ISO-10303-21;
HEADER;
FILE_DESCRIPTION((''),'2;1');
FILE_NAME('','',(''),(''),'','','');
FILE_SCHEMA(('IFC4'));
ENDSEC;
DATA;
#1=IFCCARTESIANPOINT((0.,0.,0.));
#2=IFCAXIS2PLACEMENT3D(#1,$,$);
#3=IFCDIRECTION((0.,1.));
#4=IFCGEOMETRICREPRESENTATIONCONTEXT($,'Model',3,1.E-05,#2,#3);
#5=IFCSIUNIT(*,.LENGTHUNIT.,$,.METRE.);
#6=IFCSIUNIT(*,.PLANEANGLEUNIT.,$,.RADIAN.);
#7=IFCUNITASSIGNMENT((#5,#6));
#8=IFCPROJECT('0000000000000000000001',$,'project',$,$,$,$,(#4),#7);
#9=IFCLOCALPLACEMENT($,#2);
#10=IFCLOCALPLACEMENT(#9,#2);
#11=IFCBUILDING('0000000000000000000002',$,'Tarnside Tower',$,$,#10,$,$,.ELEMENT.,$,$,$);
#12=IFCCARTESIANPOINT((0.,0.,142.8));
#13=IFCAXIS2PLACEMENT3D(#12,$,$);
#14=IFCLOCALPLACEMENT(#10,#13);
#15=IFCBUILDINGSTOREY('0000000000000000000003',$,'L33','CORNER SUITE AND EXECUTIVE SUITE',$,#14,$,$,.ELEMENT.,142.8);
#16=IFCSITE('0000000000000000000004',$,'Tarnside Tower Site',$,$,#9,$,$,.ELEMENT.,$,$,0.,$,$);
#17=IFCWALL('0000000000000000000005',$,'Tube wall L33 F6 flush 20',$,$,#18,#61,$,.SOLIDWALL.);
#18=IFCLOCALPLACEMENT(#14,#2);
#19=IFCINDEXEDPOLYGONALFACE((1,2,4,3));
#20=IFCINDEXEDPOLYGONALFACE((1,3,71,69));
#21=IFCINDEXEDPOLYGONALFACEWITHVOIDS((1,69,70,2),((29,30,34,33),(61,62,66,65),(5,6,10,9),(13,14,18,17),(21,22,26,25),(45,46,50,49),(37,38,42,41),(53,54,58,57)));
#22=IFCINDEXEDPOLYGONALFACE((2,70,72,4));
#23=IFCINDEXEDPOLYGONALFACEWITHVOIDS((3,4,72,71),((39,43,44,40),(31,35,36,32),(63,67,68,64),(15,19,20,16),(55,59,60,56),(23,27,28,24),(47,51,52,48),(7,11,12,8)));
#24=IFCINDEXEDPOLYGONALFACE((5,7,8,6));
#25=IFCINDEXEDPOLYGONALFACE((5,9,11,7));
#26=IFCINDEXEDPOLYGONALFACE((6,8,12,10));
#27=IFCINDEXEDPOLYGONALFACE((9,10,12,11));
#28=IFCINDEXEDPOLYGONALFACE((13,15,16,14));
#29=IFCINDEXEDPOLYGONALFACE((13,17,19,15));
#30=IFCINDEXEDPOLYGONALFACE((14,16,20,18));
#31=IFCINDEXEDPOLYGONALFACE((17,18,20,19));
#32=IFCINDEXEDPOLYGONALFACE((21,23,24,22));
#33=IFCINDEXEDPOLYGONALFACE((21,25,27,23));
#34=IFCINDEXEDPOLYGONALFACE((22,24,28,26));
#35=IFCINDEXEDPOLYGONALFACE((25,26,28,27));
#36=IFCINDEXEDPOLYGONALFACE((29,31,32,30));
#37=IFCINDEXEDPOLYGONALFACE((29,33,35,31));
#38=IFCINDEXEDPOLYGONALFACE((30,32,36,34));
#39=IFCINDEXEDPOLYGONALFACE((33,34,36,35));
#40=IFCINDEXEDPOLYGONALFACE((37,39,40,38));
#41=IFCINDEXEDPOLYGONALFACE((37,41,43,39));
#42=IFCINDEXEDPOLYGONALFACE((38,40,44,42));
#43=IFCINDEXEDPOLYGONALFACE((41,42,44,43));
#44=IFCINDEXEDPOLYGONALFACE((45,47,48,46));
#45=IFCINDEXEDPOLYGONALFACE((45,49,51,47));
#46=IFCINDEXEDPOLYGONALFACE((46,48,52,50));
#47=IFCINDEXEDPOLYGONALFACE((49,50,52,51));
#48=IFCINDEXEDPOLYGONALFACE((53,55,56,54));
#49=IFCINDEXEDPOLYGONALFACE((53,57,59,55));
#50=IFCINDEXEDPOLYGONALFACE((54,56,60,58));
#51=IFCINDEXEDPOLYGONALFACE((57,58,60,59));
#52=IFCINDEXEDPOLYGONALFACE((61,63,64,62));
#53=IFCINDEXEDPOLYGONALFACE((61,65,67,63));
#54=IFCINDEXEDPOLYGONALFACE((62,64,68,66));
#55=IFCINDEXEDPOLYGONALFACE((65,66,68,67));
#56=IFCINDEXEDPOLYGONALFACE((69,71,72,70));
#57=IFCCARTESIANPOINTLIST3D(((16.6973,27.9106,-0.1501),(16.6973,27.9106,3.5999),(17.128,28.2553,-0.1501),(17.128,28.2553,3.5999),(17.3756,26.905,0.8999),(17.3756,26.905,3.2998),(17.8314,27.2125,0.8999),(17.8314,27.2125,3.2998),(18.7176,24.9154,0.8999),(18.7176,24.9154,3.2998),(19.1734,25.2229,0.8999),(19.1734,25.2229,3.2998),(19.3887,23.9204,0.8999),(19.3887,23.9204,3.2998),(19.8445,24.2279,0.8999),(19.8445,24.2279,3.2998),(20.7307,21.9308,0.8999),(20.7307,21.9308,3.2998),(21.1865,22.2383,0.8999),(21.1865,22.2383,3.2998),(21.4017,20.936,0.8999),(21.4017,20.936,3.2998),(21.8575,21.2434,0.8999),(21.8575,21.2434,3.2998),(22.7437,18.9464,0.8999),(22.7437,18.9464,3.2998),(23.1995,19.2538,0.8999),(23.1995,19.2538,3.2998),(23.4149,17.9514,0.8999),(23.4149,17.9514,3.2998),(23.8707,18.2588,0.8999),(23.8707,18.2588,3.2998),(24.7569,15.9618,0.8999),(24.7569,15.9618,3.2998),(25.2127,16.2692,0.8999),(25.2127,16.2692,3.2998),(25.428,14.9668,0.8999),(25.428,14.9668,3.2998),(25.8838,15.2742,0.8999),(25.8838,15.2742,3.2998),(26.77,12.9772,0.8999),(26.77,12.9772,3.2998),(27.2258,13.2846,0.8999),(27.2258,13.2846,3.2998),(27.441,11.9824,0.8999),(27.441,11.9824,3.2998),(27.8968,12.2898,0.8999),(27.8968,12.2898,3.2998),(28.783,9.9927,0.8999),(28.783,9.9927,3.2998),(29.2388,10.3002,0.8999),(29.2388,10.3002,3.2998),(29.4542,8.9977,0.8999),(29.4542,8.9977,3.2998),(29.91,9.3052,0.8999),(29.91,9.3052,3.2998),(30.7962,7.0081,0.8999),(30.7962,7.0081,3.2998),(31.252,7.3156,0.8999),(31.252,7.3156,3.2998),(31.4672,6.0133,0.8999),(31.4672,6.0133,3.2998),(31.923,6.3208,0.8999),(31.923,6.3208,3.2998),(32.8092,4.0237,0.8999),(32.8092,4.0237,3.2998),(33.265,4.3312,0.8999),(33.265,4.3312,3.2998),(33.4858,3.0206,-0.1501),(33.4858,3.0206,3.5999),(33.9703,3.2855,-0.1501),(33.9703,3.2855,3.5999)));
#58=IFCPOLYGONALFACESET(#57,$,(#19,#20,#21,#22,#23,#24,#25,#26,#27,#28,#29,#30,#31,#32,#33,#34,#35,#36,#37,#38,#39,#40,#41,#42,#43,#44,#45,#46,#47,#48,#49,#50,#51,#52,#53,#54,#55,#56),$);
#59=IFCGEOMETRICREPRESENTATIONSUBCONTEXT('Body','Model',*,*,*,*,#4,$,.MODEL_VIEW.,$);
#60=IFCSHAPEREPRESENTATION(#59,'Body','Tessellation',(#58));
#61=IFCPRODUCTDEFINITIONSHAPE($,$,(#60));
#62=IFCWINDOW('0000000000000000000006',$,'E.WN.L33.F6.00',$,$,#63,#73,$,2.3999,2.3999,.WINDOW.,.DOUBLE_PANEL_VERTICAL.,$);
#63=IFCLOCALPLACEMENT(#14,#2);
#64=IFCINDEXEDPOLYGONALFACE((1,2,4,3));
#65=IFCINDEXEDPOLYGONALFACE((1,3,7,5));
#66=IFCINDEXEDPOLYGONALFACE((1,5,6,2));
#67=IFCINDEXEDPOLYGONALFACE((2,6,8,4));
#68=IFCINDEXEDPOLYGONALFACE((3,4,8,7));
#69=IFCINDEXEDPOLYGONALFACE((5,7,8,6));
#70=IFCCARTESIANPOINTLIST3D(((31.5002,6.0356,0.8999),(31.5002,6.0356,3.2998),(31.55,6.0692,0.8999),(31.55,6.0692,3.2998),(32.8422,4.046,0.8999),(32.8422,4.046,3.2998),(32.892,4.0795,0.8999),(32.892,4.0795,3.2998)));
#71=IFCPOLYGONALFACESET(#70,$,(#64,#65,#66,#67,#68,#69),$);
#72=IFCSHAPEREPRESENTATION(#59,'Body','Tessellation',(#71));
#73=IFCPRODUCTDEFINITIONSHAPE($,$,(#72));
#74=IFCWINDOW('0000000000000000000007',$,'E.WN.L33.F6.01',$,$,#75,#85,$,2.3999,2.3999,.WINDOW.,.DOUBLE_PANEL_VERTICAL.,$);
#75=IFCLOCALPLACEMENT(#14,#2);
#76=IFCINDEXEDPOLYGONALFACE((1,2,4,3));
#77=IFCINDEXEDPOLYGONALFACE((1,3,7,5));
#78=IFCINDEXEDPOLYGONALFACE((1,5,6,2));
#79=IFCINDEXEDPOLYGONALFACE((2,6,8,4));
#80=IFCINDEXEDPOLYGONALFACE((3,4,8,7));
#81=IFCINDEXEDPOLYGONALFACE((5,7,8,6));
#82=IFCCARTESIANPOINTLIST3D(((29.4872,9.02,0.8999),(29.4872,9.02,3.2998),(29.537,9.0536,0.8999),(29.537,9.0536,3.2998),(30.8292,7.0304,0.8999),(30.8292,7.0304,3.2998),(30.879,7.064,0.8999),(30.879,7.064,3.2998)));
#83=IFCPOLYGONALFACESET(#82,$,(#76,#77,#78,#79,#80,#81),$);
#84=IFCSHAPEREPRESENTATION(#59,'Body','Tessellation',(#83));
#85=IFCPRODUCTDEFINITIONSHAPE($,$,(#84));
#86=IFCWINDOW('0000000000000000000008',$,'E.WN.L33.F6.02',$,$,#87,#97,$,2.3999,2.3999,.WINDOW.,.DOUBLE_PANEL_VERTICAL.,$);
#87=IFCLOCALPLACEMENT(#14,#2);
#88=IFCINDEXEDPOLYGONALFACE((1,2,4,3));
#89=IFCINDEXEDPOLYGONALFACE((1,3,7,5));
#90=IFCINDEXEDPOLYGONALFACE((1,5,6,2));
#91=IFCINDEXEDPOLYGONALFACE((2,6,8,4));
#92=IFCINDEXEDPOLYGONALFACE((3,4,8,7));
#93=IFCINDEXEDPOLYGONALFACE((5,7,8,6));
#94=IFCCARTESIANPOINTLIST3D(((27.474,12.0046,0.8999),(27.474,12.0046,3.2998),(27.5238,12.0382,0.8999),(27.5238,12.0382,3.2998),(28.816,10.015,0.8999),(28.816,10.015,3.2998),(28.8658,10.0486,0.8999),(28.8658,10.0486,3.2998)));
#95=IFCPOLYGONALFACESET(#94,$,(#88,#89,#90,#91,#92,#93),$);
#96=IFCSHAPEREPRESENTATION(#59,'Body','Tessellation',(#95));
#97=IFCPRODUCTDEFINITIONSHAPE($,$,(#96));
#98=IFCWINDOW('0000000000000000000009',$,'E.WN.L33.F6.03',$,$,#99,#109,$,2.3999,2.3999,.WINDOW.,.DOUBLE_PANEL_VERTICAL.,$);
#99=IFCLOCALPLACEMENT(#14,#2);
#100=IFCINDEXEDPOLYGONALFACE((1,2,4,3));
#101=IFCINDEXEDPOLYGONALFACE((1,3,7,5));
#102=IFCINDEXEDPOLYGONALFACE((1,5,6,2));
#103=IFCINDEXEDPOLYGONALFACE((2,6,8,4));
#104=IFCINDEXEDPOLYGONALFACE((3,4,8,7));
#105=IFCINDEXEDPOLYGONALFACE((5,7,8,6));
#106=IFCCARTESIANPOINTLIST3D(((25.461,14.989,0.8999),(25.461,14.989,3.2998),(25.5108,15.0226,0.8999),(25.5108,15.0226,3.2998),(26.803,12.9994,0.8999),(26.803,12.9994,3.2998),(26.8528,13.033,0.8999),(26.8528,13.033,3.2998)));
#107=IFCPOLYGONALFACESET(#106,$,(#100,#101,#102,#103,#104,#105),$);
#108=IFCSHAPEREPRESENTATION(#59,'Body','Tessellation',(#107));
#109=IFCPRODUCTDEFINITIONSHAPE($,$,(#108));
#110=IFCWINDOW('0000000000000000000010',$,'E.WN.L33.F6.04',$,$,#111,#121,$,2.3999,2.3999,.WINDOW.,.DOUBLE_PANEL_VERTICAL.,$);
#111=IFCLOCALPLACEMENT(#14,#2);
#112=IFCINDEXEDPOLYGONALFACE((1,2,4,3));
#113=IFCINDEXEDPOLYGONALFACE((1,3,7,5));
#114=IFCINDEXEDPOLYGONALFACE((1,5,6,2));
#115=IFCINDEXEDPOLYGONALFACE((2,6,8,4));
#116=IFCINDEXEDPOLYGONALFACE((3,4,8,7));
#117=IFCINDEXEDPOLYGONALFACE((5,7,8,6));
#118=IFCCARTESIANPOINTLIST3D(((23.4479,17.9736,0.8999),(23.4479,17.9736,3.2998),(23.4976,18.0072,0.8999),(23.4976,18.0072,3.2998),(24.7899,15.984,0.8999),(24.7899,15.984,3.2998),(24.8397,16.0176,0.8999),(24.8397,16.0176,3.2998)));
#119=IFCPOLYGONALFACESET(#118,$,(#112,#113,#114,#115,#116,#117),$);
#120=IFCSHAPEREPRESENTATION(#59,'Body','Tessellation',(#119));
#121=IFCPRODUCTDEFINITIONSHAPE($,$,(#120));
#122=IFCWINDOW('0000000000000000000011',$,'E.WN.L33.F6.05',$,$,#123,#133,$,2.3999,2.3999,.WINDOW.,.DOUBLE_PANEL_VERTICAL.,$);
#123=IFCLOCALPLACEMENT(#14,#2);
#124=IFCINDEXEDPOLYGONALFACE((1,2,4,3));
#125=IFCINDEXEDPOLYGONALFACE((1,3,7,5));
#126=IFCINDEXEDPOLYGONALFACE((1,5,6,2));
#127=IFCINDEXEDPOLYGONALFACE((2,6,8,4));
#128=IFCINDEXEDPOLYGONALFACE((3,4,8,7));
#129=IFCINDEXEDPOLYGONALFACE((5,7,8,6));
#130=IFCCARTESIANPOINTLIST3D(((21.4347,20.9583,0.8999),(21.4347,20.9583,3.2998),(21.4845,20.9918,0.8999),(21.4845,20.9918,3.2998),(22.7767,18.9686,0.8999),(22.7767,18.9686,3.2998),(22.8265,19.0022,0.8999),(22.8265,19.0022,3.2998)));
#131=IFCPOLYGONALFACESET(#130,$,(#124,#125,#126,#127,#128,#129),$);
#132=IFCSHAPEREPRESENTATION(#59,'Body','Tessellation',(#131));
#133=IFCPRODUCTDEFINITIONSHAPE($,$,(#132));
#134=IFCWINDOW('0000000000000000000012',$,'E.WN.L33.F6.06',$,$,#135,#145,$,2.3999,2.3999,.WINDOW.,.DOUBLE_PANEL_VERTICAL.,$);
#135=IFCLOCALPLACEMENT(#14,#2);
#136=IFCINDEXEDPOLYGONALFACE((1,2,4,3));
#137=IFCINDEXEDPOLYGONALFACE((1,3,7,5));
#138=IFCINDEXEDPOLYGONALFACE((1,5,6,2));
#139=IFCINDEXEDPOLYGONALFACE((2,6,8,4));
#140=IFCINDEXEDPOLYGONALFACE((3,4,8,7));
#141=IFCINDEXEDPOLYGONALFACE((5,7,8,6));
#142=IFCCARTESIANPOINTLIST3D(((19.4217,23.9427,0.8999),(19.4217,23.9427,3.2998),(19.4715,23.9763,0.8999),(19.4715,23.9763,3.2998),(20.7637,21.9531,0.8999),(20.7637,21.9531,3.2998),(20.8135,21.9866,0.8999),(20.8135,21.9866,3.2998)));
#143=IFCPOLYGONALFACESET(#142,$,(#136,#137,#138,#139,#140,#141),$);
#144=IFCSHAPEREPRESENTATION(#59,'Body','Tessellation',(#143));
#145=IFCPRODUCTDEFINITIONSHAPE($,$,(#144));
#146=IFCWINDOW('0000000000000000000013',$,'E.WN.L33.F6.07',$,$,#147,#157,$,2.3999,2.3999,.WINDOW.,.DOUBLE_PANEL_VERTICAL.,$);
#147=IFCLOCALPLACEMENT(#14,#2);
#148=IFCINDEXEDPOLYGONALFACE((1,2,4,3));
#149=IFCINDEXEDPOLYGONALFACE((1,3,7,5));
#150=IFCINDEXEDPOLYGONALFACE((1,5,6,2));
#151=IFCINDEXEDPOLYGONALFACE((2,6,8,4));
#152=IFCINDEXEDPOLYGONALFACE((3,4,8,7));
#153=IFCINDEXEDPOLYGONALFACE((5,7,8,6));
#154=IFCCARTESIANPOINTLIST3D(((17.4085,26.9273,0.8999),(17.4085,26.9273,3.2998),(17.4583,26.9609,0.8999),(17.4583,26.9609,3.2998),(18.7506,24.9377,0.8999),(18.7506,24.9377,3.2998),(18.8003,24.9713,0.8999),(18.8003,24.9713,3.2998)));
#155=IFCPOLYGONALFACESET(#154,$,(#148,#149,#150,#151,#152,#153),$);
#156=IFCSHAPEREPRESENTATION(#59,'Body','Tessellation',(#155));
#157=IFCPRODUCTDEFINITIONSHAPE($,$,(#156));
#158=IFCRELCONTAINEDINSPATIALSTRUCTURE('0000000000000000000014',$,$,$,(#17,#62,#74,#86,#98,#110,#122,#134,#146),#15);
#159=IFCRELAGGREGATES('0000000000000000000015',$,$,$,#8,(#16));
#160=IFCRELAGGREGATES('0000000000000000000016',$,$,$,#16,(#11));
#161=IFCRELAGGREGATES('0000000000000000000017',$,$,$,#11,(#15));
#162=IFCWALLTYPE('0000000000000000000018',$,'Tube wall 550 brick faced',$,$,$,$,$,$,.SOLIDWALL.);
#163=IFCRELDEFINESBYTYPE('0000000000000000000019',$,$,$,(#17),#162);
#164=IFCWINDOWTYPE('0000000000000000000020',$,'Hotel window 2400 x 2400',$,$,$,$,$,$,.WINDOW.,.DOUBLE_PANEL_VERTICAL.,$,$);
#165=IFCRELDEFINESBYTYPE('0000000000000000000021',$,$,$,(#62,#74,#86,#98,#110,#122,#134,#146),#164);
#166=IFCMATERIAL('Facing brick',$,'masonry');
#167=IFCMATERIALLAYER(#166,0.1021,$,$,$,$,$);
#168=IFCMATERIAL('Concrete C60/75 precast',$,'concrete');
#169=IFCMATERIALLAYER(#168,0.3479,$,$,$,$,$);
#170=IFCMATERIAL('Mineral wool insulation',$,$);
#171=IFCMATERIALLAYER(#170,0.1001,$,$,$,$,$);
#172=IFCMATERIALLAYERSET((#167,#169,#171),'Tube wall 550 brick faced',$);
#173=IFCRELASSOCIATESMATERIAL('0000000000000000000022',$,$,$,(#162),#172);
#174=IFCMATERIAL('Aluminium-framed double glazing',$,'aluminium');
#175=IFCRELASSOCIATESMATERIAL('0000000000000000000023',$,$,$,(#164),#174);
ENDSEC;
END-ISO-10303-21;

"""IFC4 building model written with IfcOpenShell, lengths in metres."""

from ifc_helpers import new_model, si_unit, direction, frame, frame_2d, origin, place, context, subcontext, project, spatial, polyline, rectangle, outline, extrude, material, layer, layer_set, type_object, element, fill, save


model = new_model("IFC4")

# Units and contexts
model_context = context("Model", 3, precision=1e-05, world=origin(), true_north=direction((0.0, 1.0)))
body_context = subcontext(model_context, "Body", "Model", "MODEL_VIEW")
ifc_project = project(units=[si_unit("LENGTHUNIT", "METRE"), si_unit("PLANEANGLEUNIT", "RADIAN")], contexts=[model_context])

# Site, building, storey
site_placement = place(None, origin())
site = spatial("IfcSite", under=ifc_project, at=site_placement, Name="Tarnside Tower Site", CompositionType="ELEMENT", RefElevation=0.0)
building_placement = place(site_placement, origin())
building = spatial("IfcBuilding", under=site, at=building_placement, Name="Tarnside Tower", CompositionType="ELEMENT")
storey_placement = place(building_placement, frame((0.0, 0.0, 142.8)))
storey = spatial("IfcBuildingStorey", under=building, at=storey_placement, Name="L33", Description="CORNER SUITE AND EXECUTIVE SUITE", CompositionType="ELEMENT", Elevation=142.8)

# Shared definitions
ifc_material_1 = material(Name="Facing brick", Category="masonry")
ifc_layer_1 = layer(ifc_material_1, 0.1021)
ifc_material_2 = material(Name="Concrete C60/75 precast", Category="concrete")
ifc_layer_2 = layer(ifc_material_2, 0.3479)
ifc_material_3 = material(Name="Mineral wool insulation")
ifc_layer_3 = layer(ifc_material_3, 0.1001)
ifc_layer_set_1 = layer_set([ifc_layer_1, ifc_layer_2, ifc_layer_3], Name="Tube wall 550 brick faced")
wall_type_1 = type_object("IfcWallType", Name="Tube wall 550 brick faced", PredefinedType="SOLIDWALL", material=ifc_layer_set_1)

# Wall, openings, windows
wall_1_placement = place(storey_placement, frame((33.728, 3.1531, -0.1501), z_axis=(0.0, 0.0, 1.0), x_axis=(-0.559192, 0.829038, 0.0)))
wall_1 = element("IfcWall", 1, at=wall_1_placement, inside=storey, type_object=wall_type_1, Name="Tube wall L33 F6 flush 20", PredefinedType="SOLIDWALL", context=body_context, shape_type="SweptSolid", body=[
    extrude(outline(polyline([(-0.0256, -0.2749), (30.0933, -0.2749), (30.0483, 0.2749), (0.0256, 0.2749), (-0.0256, -0.2749)])), origin(), (0.0, 0.0, 1.0), 3.75),
])
opening_1_placement = place(wall_1_placement, frame((1.2356, 0.0, 1.05)))
opening_1 = element("IfcOpeningElement", 2, at=opening_1_placement, cuts=wall_1, PredefinedType="OPENING", context=body_context, shape_type="SweptSolid", body=[
    extrude(rectangle(XDim=2.3999, YDim=2.3999, at=frame_2d((1.2, 1.2))), frame((0.0, 0.2852, 0.0), z_axis=(0.0, -1.0, 0.0), x_axis=(1.0, 0.0, 0.0)), (0.0, 0.0, 1.0), 0.5701),
])
opening_2_placement = place(wall_1_placement, frame((4.8354, 0.0, 1.05)))
opening_2 = element("IfcOpeningElement", 3, at=opening_2_placement, cuts=wall_1, PredefinedType="OPENING", context=body_context, shape_type="SweptSolid", body=[
    extrude(rectangle(XDim=2.3999, YDim=2.3999, at=frame_2d((1.2, 1.2))), frame((0.0, 0.2852, 0.0), z_axis=(0.0, -1.0, 0.0), x_axis=(1.0, 0.0, 0.0)), (0.0, 0.0, 1.0), 0.5701),
])
opening_3_placement = place(wall_1_placement, frame((8.4355, 0.0, 1.05)))
opening_3 = element("IfcOpeningElement", 4, at=opening_3_placement, cuts=wall_1, PredefinedType="OPENING", context=body_context, shape_type="SweptSolid", body=[
    extrude(rectangle(XDim=2.3999, YDim=2.3999, at=frame_2d((1.2, 1.2))), frame((0.0, 0.2852, 0.0), z_axis=(0.0, -1.0, 0.0), x_axis=(1.0, 0.0, 0.0)), (0.0, 0.0, 1.0), 0.5701),
])
opening_4_placement = place(wall_1_placement, frame((12.0354, 0.0, 1.05)))
opening_4 = element("IfcOpeningElement", 5, at=opening_4_placement, cuts=wall_1, PredefinedType="OPENING", context=body_context, shape_type="SweptSolid", body=[
    extrude(rectangle(XDim=2.3999, YDim=2.3999, at=frame_2d((1.2, 1.2))), frame((0.0, 0.2852, 0.0), z_axis=(0.0, -1.0, 0.0), x_axis=(1.0, 0.0, 0.0)), (0.0, 0.0, 1.0), 0.5701),
])
opening_5_placement = place(wall_1_placement, frame((15.6355, 0.0, 1.05)))
opening_5 = element("IfcOpeningElement", 6, at=opening_5_placement, cuts=wall_1, PredefinedType="OPENING", context=body_context, shape_type="SweptSolid", body=[
    extrude(rectangle(XDim=2.3999, YDim=2.3999, at=frame_2d((1.2, 1.2))), frame((0.0, 0.2852, 0.0), z_axis=(0.0, -1.0, 0.0), x_axis=(1.0, 0.0, 0.0)), (0.0, 0.0, 1.0), 0.5701),
])
opening_6_placement = place(wall_1_placement, frame((19.2356, 0.0, 1.05)))
opening_6 = element("IfcOpeningElement", 7, at=opening_6_placement, cuts=wall_1, PredefinedType="OPENING", context=body_context, shape_type="SweptSolid", body=[
    extrude(rectangle(XDim=2.3999, YDim=2.3999, at=frame_2d((1.2, 1.2))), frame((0.0, 0.2852, 0.0), z_axis=(0.0, -1.0, 0.0), x_axis=(1.0, 0.0, 0.0)), (0.0, 0.0, 1.0), 0.5701),
])
opening_7_placement = place(wall_1_placement, frame((22.8354, 0.0, 1.05)))
opening_7 = element("IfcOpeningElement", 8, at=opening_7_placement, cuts=wall_1, PredefinedType="OPENING", context=body_context, shape_type="SweptSolid", body=[
    extrude(rectangle(XDim=2.3999, YDim=2.3999, at=frame_2d((1.2, 1.2))), frame((0.0, 0.2852, 0.0), z_axis=(0.0, -1.0, 0.0), x_axis=(1.0, 0.0, 0.0)), (0.0, 0.0, 1.0), 0.5701),
])
opening_8_placement = place(wall_1_placement, frame((26.4355, 0.0, 1.05)))
opening_8 = element("IfcOpeningElement", 9, at=opening_8_placement, cuts=wall_1, PredefinedType="OPENING", context=body_context, shape_type="SweptSolid", body=[
    extrude(rectangle(XDim=2.3999, YDim=2.3999, at=frame_2d((1.2, 1.2))), frame((0.0, 0.2852, 0.0), z_axis=(0.0, -1.0, 0.0), x_axis=(1.0, 0.0, 0.0)), (0.0, 0.0, 1.0), 0.5701),
])
ifc_material_4 = material(Name="Aluminium-framed double glazing", Category="aluminium")
window_type = type_object("IfcWindowType", Name="Hotel window 2400 x 2400", PartitioningType="DOUBLE_PANEL_VERTICAL", PredefinedType="WINDOW", material=ifc_material_4)
window_1_placement = place(opening_1_placement, frame((0.0, 0.2051, 0.0)))
window_1 = element("IfcWindow", 10, at=window_1_placement, inside=storey, type_object=window_type, Name="E.WN.L33.F6.00", OverallHeight=2.3999, OverallWidth=2.3999, PartitioningType="DOUBLE_PANEL_VERTICAL", PredefinedType="WINDOW", context=body_context, shape_type="SweptSolid", body=[
    extrude(rectangle(XDim=2.3999, YDim=2.3999, at=frame_2d((1.2, 1.2))), frame((0.0, 0.03, 0.0), z_axis=(0.0, -1.0, 0.0), x_axis=(1.0, 0.0, 0.0)), (0.0, 0.0, 1.0), 0.0601),
])
fill(opening_1, window_1)
window_2_placement = place(opening_2_placement, frame((0.0, 0.2051, 0.0)))
window_2 = element("IfcWindow", 11, at=window_2_placement, inside=storey, type_object=window_type, Name="E.WN.L33.F6.01", OverallHeight=2.3999, OverallWidth=2.3999, PartitioningType="DOUBLE_PANEL_VERTICAL", PredefinedType="WINDOW", context=body_context, shape_type="SweptSolid", body=[
    extrude(rectangle(XDim=2.3999, YDim=2.3999, at=frame_2d((1.2, 1.2))), frame((0.0, 0.03, 0.0), z_axis=(0.0, -1.0, 0.0), x_axis=(1.0, 0.0, 0.0)), (0.0, 0.0, 1.0), 0.0601),
])
fill(opening_2, window_2)
window_3_placement = place(opening_3_placement, frame((0.0, 0.2051, 0.0)))
window_3 = element("IfcWindow", 12, at=window_3_placement, inside=storey, type_object=window_type, Name="E.WN.L33.F6.02", OverallHeight=2.3999, OverallWidth=2.3999, PartitioningType="DOUBLE_PANEL_VERTICAL", PredefinedType="WINDOW", context=body_context, shape_type="SweptSolid", body=[
    extrude(rectangle(XDim=2.3999, YDim=2.3999, at=frame_2d((1.2, 1.2))), frame((0.0, 0.03, 0.0), z_axis=(0.0, -1.0, 0.0), x_axis=(1.0, 0.0, 0.0)), (0.0, 0.0, 1.0), 0.0601),
])
fill(opening_3, window_3)
window_4_placement = place(opening_4_placement, frame((0.0, 0.2051, 0.0)))
window_4 = element("IfcWindow", 13, at=window_4_placement, inside=storey, type_object=window_type, Name="E.WN.L33.F6.03", OverallHeight=2.3999, OverallWidth=2.3999, PartitioningType="DOUBLE_PANEL_VERTICAL", PredefinedType="WINDOW", context=body_context, shape_type="SweptSolid", body=[
    extrude(rectangle(XDim=2.3999, YDim=2.3999, at=frame_2d((1.2, 1.2))), frame((0.0, 0.03, 0.0), z_axis=(0.0, -1.0, 0.0), x_axis=(1.0, 0.0, 0.0)), (0.0, 0.0, 1.0), 0.0601),
])
fill(opening_4, window_4)
window_5_placement = place(opening_5_placement, frame((0.0, 0.2051, 0.0)))
window_5 = element("IfcWindow", 14, at=window_5_placement, inside=storey, type_object=window_type, Name="E.WN.L33.F6.04", OverallHeight=2.3999, OverallWidth=2.3999, PartitioningType="DOUBLE_PANEL_VERTICAL", PredefinedType="WINDOW", context=body_context, shape_type="SweptSolid", body=[
    extrude(rectangle(XDim=2.3999, YDim=2.3999, at=frame_2d((1.2, 1.2))), frame((0.0, 0.03, 0.0), z_axis=(0.0, -1.0, 0.0), x_axis=(1.0, 0.0, 0.0)), (0.0, 0.0, 1.0), 0.0601),
])
fill(opening_5, window_5)
window_6_placement = place(opening_6_placement, frame((0.0, 0.2051, 0.0)))
window_6 = element("IfcWindow", 15, at=window_6_placement, inside=storey, type_object=window_type, Name="E.WN.L33.F6.05", OverallHeight=2.3999, OverallWidth=2.3999, PartitioningType="DOUBLE_PANEL_VERTICAL", PredefinedType="WINDOW", context=body_context, shape_type="SweptSolid", body=[
    extrude(rectangle(XDim=2.3999, YDim=2.3999, at=frame_2d((1.2, 1.2))), frame((0.0, 0.03, 0.0), z_axis=(0.0, -1.0, 0.0), x_axis=(1.0, 0.0, 0.0)), (0.0, 0.0, 1.0), 0.0601),
])
fill(opening_6, window_6)
window_7_placement = place(opening_7_placement, frame((0.0, 0.2051, 0.0)))
window_7 = element("IfcWindow", 16, at=window_7_placement, inside=storey, type_object=window_type, Name="E.WN.L33.F6.06", OverallHeight=2.3999, OverallWidth=2.3999, PartitioningType="DOUBLE_PANEL_VERTICAL", PredefinedType="WINDOW", context=body_context, shape_type="SweptSolid", body=[
    extrude(rectangle(XDim=2.3999, YDim=2.3999, at=frame_2d((1.2, 1.2))), frame((0.0, 0.03, 0.0), z_axis=(0.0, -1.0, 0.0), x_axis=(1.0, 0.0, 0.0)), (0.0, 0.0, 1.0), 0.0601),
])
fill(opening_7, window_7)
window_8_placement = place(opening_8_placement, frame((0.0, 0.2051, 0.0)))
window_8 = element("IfcWindow", 17, at=window_8_placement, inside=storey, type_object=window_type, Name="E.WN.L33.F6.07", OverallHeight=2.3999, OverallWidth=2.3999, PartitioningType="DOUBLE_PANEL_VERTICAL", PredefinedType="WINDOW", context=body_context, shape_type="SweptSolid", body=[
    extrude(rectangle(XDim=2.3999, YDim=2.3999, at=frame_2d((1.2, 1.2))), frame((0.0, 0.03, 0.0), z_axis=(0.0, -1.0, 0.0), x_axis=(1.0, 0.0, 0.0)), (0.0, 0.0, 1.0), 0.0601),
])
fill(opening_8, window_8)

save(model, "model.ifc")
